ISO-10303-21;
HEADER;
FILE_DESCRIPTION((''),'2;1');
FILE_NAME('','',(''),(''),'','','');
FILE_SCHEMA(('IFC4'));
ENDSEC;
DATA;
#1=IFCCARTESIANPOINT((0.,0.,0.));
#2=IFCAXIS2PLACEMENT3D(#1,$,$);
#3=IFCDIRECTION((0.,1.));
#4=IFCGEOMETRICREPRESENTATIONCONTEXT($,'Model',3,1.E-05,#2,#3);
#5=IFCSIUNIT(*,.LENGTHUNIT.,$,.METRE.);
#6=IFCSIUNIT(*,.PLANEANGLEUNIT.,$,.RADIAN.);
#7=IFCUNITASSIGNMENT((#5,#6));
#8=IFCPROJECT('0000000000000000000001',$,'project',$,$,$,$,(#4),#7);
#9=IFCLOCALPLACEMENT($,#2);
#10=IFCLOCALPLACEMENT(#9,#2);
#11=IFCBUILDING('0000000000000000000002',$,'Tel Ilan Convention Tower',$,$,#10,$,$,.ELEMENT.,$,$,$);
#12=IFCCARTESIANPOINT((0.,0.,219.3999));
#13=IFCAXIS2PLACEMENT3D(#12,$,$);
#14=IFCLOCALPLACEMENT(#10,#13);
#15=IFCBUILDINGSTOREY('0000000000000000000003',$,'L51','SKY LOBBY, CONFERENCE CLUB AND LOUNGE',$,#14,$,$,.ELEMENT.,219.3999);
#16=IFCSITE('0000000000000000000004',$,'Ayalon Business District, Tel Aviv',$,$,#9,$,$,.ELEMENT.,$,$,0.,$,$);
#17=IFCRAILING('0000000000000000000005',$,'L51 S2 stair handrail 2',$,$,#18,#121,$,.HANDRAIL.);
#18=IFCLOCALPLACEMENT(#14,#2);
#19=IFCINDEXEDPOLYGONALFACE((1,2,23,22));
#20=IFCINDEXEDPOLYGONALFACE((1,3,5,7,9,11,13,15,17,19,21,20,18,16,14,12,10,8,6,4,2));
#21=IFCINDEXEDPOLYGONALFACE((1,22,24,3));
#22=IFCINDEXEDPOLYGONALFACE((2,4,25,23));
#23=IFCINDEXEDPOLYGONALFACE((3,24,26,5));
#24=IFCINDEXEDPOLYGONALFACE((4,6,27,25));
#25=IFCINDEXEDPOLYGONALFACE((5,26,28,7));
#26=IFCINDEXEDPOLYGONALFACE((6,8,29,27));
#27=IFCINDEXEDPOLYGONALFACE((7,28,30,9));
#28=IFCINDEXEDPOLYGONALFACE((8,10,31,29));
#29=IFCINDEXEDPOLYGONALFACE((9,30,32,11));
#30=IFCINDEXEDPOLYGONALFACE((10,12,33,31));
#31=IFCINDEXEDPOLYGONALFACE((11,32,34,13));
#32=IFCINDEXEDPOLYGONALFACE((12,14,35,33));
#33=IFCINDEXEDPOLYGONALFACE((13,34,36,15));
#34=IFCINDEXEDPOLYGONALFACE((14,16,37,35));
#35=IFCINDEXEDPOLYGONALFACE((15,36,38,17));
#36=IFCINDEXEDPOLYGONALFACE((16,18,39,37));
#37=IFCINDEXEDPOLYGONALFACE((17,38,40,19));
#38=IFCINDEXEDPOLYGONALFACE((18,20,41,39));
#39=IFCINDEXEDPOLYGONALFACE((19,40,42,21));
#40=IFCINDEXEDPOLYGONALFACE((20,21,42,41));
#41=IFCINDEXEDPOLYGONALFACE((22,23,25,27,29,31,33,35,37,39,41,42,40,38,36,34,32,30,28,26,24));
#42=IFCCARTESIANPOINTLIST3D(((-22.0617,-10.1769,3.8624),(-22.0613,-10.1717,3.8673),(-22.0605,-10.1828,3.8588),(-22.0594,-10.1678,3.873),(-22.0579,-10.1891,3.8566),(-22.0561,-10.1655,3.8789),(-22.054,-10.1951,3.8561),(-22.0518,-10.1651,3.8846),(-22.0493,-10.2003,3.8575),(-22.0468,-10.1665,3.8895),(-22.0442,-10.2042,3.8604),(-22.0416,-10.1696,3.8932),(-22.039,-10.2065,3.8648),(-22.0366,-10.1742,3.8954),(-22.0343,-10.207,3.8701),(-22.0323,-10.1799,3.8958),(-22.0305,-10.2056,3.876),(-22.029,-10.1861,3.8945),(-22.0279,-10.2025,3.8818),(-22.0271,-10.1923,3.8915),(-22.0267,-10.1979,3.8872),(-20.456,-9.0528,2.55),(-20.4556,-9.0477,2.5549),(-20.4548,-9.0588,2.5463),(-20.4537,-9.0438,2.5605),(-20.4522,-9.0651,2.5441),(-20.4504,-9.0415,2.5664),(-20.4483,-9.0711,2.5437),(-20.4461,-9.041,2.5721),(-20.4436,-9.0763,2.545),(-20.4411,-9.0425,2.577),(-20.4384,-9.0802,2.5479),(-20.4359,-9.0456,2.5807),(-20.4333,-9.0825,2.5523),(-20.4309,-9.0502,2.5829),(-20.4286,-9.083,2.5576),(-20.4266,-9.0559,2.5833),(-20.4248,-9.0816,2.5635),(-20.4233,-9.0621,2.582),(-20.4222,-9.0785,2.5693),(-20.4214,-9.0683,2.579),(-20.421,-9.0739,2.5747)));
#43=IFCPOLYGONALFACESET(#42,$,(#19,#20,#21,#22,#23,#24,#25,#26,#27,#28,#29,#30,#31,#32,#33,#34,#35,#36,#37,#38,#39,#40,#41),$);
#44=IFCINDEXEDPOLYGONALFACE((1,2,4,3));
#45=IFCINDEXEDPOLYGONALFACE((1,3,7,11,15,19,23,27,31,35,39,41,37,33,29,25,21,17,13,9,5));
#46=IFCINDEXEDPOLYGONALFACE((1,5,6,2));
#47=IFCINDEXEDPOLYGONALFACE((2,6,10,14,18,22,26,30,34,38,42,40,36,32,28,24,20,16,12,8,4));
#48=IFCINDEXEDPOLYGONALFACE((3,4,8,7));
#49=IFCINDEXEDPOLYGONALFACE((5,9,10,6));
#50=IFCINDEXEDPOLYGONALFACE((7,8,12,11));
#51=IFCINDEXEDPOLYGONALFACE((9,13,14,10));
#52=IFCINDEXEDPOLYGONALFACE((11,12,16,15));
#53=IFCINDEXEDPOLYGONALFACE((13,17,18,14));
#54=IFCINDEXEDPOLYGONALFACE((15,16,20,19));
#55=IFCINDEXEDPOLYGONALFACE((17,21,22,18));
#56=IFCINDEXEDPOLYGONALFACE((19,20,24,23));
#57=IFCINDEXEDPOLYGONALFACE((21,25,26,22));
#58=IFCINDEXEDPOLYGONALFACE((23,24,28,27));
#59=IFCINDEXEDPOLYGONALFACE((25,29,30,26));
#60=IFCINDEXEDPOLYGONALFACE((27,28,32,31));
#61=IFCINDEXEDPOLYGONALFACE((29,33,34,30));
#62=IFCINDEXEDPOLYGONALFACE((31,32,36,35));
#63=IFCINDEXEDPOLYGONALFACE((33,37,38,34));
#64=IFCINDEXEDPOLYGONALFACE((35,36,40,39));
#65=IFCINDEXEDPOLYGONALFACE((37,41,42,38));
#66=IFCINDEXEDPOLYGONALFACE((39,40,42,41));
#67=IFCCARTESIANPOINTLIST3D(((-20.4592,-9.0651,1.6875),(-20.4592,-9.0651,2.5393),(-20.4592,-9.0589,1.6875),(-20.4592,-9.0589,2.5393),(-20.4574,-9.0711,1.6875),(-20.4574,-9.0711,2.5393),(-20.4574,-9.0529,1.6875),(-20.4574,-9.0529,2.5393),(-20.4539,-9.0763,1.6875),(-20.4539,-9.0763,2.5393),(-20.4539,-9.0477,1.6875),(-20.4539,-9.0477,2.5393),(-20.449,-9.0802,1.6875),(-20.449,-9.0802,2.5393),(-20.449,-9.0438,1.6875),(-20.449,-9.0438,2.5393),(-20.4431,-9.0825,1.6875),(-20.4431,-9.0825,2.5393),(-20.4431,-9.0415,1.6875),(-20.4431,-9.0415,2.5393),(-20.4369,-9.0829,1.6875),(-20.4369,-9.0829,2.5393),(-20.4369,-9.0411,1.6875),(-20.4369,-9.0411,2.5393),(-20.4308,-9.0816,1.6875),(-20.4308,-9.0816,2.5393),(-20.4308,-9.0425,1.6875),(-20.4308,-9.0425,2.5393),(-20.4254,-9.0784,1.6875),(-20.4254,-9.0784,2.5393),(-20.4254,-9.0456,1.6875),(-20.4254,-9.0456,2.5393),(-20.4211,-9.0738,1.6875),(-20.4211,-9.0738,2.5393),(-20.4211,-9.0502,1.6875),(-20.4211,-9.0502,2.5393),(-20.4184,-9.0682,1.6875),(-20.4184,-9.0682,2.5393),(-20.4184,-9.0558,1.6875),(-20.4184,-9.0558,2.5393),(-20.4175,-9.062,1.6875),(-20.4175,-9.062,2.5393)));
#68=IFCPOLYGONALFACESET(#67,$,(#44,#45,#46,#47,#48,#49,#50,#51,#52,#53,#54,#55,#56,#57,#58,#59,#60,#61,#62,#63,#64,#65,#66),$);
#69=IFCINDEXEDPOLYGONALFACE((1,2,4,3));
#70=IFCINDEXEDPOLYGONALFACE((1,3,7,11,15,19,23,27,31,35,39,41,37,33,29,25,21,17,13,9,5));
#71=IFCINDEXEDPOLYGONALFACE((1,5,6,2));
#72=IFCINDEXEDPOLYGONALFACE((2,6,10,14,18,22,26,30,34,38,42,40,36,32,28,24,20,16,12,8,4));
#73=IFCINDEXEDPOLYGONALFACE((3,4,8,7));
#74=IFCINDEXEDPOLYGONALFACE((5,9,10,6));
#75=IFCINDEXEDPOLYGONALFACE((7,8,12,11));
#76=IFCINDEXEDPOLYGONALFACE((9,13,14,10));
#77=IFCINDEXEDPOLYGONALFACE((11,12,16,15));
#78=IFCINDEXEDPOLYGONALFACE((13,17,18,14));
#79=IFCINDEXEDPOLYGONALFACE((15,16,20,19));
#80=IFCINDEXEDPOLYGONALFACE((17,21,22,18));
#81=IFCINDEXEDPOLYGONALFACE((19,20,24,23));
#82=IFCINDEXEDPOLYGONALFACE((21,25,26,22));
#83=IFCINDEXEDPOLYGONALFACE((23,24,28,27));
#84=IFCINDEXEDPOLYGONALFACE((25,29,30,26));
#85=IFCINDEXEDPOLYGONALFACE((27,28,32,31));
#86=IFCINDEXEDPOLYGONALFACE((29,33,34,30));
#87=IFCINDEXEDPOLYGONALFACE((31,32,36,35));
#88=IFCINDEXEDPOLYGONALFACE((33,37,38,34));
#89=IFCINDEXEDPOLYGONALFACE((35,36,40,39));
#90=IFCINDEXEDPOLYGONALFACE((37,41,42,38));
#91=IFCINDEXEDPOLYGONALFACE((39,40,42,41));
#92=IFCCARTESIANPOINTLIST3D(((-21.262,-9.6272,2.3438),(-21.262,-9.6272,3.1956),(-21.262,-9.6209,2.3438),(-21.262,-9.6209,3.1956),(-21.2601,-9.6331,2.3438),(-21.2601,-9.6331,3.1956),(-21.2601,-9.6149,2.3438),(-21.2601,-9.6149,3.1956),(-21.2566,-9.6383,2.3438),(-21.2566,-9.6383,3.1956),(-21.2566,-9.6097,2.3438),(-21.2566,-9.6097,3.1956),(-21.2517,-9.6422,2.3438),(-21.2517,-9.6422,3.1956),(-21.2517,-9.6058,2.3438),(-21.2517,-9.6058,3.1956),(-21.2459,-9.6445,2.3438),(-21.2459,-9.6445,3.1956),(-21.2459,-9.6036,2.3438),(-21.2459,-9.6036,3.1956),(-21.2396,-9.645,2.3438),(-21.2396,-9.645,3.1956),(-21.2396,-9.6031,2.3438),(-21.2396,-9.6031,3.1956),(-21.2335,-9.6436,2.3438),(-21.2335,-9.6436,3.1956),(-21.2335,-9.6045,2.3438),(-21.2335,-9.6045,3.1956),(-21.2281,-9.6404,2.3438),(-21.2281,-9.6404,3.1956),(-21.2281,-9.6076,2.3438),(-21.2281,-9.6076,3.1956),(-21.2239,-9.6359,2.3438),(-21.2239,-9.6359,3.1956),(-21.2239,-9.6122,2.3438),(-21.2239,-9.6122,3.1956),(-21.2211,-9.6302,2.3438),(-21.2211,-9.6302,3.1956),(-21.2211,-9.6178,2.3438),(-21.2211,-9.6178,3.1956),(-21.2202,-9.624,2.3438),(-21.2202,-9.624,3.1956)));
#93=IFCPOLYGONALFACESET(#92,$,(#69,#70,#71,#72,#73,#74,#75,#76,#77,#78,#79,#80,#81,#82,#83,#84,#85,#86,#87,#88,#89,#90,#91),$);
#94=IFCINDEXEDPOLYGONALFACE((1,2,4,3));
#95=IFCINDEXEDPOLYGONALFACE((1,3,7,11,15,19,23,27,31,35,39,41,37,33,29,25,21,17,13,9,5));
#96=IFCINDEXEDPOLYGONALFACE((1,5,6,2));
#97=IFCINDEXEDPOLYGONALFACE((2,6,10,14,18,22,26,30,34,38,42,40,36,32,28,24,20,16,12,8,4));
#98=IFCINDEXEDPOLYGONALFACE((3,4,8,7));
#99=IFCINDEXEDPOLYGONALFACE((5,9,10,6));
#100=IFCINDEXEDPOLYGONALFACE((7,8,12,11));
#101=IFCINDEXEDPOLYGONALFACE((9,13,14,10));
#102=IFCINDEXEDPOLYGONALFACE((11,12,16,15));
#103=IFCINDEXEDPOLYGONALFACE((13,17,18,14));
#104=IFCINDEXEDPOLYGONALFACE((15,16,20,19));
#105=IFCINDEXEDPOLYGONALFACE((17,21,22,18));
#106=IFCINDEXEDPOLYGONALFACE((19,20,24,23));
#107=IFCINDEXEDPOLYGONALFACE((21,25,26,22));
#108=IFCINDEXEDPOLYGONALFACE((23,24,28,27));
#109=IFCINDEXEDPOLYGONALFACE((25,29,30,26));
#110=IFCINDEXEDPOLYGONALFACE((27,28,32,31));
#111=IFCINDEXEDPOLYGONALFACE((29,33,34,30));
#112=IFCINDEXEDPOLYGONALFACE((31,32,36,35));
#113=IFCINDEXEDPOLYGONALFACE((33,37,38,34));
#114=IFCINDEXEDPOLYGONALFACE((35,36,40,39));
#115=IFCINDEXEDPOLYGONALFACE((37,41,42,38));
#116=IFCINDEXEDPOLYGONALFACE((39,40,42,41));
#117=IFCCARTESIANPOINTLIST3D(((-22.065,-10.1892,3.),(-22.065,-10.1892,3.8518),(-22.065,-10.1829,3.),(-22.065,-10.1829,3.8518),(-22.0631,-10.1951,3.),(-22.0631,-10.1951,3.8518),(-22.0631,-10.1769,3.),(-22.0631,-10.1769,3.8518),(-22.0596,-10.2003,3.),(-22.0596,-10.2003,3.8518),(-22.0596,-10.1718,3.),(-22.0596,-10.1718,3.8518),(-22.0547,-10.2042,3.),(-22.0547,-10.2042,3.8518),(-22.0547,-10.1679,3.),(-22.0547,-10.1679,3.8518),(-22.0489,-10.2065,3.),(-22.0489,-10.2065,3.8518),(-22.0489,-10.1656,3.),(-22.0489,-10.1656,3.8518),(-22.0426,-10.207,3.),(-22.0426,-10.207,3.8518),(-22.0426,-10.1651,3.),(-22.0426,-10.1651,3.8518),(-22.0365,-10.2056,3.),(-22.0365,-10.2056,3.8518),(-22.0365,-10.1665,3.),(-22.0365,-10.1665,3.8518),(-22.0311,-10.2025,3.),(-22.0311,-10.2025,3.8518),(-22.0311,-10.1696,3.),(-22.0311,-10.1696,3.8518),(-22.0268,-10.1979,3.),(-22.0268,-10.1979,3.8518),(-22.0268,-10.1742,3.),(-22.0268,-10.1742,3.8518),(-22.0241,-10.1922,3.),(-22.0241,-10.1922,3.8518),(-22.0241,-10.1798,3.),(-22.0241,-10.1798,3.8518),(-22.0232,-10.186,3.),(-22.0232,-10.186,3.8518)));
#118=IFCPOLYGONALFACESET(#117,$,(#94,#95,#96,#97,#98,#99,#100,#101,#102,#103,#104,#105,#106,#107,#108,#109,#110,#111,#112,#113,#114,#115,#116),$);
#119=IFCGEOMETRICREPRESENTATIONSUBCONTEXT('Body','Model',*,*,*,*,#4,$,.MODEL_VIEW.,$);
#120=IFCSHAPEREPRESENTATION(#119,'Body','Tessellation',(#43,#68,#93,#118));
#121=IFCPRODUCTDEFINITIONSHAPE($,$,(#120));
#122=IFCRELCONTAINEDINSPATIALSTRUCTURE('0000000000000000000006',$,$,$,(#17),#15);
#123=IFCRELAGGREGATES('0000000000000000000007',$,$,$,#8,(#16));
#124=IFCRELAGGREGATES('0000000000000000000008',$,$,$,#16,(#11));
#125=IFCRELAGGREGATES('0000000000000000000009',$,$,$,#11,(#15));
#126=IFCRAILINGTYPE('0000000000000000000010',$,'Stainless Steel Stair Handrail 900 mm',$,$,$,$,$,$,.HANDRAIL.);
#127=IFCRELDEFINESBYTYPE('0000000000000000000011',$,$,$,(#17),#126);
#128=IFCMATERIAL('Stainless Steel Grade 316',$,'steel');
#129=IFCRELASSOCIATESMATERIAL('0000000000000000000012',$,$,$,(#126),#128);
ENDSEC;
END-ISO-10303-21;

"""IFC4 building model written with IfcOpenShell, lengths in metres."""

from ifc_helpers import new_model, si_unit, direction, frame, origin, origin_2d, place, context, subcontext, project, spatial, circle, extrude, material, type_object, element, save


model = new_model("IFC4")

# Units and contexts
model_context = context("Model", 3, precision=1e-05, world=origin(), true_north=direction((0.0, 1.0)))
body_context = subcontext(model_context, "Body", "Model", "MODEL_VIEW")
ifc_project = project(units=[si_unit("LENGTHUNIT", "METRE"), si_unit("PLANEANGLEUNIT", "RADIAN")], contexts=[model_context])

# Site, building, storey
site_placement = place(None, origin())
site = spatial("IfcSite", under=ifc_project, at=site_placement, Name="Ayalon Business District, Tel Aviv", CompositionType="ELEMENT", RefElevation=0.0)
building_placement = place(site_placement, origin())
building = spatial("IfcBuilding", under=site, at=building_placement, Name="Tel Ilan Convention Tower", CompositionType="ELEMENT")
storey_placement = place(building_placement, frame((0.0, 0.0, 219.3999)))
storey = spatial("IfcBuildingStorey", under=building, at=storey_placement, Name="L51", Description="SKY LOBBY, CONFERENCE CLUB AND LOUNGE", CompositionType="ELEMENT", Elevation=219.3999)

# Railing
ifc_material_1 = material(Name="Stainless Steel Grade 316", Category="steel")
railing_type_1 = type_object("IfcRailingType", Name="Stainless Steel Stair Handrail 900 mm", PredefinedType="HANDRAIL", material=ifc_material_1)
for number, where, name in (
    (1, (-20.4385, -9.062, 1.6875), "L51 S2 stair handrail 2"),
):
    element("IfcRailing", number, at=place(storey_placement, frame(where)), inside=storey, type_object=railing_type_1, Name=name, PredefinedType="HANDRAIL", context=body_context, shape_type="SweptSolid", body=[
        extrude(circle(Radius=0.0239, at=origin_2d()), frame((0.0, 0.0, 0.876), z_axis=(-0.680705, -0.476504, 0.556404), x_axis=(0.573471, -0.819226, 0.0)), (0.0, 0.0, 1.0), 2.3589),
        extrude(circle(Radius=0.021, at=origin_2d()), origin(), (0.0, 0.0, 1.0), 0.8518),
        extrude(circle(Radius=0.021, at=origin_2d()), frame((-0.8027, -0.562, 0.6562)), (0.0, 0.0, 1.0), 0.8518),
        extrude(circle(Radius=0.021, at=origin_2d()), frame((-1.6057, -1.124, 1.3125)), (0.0, 0.0, 1.0), 0.8518),
    ])

save(model, "model.ifc")
